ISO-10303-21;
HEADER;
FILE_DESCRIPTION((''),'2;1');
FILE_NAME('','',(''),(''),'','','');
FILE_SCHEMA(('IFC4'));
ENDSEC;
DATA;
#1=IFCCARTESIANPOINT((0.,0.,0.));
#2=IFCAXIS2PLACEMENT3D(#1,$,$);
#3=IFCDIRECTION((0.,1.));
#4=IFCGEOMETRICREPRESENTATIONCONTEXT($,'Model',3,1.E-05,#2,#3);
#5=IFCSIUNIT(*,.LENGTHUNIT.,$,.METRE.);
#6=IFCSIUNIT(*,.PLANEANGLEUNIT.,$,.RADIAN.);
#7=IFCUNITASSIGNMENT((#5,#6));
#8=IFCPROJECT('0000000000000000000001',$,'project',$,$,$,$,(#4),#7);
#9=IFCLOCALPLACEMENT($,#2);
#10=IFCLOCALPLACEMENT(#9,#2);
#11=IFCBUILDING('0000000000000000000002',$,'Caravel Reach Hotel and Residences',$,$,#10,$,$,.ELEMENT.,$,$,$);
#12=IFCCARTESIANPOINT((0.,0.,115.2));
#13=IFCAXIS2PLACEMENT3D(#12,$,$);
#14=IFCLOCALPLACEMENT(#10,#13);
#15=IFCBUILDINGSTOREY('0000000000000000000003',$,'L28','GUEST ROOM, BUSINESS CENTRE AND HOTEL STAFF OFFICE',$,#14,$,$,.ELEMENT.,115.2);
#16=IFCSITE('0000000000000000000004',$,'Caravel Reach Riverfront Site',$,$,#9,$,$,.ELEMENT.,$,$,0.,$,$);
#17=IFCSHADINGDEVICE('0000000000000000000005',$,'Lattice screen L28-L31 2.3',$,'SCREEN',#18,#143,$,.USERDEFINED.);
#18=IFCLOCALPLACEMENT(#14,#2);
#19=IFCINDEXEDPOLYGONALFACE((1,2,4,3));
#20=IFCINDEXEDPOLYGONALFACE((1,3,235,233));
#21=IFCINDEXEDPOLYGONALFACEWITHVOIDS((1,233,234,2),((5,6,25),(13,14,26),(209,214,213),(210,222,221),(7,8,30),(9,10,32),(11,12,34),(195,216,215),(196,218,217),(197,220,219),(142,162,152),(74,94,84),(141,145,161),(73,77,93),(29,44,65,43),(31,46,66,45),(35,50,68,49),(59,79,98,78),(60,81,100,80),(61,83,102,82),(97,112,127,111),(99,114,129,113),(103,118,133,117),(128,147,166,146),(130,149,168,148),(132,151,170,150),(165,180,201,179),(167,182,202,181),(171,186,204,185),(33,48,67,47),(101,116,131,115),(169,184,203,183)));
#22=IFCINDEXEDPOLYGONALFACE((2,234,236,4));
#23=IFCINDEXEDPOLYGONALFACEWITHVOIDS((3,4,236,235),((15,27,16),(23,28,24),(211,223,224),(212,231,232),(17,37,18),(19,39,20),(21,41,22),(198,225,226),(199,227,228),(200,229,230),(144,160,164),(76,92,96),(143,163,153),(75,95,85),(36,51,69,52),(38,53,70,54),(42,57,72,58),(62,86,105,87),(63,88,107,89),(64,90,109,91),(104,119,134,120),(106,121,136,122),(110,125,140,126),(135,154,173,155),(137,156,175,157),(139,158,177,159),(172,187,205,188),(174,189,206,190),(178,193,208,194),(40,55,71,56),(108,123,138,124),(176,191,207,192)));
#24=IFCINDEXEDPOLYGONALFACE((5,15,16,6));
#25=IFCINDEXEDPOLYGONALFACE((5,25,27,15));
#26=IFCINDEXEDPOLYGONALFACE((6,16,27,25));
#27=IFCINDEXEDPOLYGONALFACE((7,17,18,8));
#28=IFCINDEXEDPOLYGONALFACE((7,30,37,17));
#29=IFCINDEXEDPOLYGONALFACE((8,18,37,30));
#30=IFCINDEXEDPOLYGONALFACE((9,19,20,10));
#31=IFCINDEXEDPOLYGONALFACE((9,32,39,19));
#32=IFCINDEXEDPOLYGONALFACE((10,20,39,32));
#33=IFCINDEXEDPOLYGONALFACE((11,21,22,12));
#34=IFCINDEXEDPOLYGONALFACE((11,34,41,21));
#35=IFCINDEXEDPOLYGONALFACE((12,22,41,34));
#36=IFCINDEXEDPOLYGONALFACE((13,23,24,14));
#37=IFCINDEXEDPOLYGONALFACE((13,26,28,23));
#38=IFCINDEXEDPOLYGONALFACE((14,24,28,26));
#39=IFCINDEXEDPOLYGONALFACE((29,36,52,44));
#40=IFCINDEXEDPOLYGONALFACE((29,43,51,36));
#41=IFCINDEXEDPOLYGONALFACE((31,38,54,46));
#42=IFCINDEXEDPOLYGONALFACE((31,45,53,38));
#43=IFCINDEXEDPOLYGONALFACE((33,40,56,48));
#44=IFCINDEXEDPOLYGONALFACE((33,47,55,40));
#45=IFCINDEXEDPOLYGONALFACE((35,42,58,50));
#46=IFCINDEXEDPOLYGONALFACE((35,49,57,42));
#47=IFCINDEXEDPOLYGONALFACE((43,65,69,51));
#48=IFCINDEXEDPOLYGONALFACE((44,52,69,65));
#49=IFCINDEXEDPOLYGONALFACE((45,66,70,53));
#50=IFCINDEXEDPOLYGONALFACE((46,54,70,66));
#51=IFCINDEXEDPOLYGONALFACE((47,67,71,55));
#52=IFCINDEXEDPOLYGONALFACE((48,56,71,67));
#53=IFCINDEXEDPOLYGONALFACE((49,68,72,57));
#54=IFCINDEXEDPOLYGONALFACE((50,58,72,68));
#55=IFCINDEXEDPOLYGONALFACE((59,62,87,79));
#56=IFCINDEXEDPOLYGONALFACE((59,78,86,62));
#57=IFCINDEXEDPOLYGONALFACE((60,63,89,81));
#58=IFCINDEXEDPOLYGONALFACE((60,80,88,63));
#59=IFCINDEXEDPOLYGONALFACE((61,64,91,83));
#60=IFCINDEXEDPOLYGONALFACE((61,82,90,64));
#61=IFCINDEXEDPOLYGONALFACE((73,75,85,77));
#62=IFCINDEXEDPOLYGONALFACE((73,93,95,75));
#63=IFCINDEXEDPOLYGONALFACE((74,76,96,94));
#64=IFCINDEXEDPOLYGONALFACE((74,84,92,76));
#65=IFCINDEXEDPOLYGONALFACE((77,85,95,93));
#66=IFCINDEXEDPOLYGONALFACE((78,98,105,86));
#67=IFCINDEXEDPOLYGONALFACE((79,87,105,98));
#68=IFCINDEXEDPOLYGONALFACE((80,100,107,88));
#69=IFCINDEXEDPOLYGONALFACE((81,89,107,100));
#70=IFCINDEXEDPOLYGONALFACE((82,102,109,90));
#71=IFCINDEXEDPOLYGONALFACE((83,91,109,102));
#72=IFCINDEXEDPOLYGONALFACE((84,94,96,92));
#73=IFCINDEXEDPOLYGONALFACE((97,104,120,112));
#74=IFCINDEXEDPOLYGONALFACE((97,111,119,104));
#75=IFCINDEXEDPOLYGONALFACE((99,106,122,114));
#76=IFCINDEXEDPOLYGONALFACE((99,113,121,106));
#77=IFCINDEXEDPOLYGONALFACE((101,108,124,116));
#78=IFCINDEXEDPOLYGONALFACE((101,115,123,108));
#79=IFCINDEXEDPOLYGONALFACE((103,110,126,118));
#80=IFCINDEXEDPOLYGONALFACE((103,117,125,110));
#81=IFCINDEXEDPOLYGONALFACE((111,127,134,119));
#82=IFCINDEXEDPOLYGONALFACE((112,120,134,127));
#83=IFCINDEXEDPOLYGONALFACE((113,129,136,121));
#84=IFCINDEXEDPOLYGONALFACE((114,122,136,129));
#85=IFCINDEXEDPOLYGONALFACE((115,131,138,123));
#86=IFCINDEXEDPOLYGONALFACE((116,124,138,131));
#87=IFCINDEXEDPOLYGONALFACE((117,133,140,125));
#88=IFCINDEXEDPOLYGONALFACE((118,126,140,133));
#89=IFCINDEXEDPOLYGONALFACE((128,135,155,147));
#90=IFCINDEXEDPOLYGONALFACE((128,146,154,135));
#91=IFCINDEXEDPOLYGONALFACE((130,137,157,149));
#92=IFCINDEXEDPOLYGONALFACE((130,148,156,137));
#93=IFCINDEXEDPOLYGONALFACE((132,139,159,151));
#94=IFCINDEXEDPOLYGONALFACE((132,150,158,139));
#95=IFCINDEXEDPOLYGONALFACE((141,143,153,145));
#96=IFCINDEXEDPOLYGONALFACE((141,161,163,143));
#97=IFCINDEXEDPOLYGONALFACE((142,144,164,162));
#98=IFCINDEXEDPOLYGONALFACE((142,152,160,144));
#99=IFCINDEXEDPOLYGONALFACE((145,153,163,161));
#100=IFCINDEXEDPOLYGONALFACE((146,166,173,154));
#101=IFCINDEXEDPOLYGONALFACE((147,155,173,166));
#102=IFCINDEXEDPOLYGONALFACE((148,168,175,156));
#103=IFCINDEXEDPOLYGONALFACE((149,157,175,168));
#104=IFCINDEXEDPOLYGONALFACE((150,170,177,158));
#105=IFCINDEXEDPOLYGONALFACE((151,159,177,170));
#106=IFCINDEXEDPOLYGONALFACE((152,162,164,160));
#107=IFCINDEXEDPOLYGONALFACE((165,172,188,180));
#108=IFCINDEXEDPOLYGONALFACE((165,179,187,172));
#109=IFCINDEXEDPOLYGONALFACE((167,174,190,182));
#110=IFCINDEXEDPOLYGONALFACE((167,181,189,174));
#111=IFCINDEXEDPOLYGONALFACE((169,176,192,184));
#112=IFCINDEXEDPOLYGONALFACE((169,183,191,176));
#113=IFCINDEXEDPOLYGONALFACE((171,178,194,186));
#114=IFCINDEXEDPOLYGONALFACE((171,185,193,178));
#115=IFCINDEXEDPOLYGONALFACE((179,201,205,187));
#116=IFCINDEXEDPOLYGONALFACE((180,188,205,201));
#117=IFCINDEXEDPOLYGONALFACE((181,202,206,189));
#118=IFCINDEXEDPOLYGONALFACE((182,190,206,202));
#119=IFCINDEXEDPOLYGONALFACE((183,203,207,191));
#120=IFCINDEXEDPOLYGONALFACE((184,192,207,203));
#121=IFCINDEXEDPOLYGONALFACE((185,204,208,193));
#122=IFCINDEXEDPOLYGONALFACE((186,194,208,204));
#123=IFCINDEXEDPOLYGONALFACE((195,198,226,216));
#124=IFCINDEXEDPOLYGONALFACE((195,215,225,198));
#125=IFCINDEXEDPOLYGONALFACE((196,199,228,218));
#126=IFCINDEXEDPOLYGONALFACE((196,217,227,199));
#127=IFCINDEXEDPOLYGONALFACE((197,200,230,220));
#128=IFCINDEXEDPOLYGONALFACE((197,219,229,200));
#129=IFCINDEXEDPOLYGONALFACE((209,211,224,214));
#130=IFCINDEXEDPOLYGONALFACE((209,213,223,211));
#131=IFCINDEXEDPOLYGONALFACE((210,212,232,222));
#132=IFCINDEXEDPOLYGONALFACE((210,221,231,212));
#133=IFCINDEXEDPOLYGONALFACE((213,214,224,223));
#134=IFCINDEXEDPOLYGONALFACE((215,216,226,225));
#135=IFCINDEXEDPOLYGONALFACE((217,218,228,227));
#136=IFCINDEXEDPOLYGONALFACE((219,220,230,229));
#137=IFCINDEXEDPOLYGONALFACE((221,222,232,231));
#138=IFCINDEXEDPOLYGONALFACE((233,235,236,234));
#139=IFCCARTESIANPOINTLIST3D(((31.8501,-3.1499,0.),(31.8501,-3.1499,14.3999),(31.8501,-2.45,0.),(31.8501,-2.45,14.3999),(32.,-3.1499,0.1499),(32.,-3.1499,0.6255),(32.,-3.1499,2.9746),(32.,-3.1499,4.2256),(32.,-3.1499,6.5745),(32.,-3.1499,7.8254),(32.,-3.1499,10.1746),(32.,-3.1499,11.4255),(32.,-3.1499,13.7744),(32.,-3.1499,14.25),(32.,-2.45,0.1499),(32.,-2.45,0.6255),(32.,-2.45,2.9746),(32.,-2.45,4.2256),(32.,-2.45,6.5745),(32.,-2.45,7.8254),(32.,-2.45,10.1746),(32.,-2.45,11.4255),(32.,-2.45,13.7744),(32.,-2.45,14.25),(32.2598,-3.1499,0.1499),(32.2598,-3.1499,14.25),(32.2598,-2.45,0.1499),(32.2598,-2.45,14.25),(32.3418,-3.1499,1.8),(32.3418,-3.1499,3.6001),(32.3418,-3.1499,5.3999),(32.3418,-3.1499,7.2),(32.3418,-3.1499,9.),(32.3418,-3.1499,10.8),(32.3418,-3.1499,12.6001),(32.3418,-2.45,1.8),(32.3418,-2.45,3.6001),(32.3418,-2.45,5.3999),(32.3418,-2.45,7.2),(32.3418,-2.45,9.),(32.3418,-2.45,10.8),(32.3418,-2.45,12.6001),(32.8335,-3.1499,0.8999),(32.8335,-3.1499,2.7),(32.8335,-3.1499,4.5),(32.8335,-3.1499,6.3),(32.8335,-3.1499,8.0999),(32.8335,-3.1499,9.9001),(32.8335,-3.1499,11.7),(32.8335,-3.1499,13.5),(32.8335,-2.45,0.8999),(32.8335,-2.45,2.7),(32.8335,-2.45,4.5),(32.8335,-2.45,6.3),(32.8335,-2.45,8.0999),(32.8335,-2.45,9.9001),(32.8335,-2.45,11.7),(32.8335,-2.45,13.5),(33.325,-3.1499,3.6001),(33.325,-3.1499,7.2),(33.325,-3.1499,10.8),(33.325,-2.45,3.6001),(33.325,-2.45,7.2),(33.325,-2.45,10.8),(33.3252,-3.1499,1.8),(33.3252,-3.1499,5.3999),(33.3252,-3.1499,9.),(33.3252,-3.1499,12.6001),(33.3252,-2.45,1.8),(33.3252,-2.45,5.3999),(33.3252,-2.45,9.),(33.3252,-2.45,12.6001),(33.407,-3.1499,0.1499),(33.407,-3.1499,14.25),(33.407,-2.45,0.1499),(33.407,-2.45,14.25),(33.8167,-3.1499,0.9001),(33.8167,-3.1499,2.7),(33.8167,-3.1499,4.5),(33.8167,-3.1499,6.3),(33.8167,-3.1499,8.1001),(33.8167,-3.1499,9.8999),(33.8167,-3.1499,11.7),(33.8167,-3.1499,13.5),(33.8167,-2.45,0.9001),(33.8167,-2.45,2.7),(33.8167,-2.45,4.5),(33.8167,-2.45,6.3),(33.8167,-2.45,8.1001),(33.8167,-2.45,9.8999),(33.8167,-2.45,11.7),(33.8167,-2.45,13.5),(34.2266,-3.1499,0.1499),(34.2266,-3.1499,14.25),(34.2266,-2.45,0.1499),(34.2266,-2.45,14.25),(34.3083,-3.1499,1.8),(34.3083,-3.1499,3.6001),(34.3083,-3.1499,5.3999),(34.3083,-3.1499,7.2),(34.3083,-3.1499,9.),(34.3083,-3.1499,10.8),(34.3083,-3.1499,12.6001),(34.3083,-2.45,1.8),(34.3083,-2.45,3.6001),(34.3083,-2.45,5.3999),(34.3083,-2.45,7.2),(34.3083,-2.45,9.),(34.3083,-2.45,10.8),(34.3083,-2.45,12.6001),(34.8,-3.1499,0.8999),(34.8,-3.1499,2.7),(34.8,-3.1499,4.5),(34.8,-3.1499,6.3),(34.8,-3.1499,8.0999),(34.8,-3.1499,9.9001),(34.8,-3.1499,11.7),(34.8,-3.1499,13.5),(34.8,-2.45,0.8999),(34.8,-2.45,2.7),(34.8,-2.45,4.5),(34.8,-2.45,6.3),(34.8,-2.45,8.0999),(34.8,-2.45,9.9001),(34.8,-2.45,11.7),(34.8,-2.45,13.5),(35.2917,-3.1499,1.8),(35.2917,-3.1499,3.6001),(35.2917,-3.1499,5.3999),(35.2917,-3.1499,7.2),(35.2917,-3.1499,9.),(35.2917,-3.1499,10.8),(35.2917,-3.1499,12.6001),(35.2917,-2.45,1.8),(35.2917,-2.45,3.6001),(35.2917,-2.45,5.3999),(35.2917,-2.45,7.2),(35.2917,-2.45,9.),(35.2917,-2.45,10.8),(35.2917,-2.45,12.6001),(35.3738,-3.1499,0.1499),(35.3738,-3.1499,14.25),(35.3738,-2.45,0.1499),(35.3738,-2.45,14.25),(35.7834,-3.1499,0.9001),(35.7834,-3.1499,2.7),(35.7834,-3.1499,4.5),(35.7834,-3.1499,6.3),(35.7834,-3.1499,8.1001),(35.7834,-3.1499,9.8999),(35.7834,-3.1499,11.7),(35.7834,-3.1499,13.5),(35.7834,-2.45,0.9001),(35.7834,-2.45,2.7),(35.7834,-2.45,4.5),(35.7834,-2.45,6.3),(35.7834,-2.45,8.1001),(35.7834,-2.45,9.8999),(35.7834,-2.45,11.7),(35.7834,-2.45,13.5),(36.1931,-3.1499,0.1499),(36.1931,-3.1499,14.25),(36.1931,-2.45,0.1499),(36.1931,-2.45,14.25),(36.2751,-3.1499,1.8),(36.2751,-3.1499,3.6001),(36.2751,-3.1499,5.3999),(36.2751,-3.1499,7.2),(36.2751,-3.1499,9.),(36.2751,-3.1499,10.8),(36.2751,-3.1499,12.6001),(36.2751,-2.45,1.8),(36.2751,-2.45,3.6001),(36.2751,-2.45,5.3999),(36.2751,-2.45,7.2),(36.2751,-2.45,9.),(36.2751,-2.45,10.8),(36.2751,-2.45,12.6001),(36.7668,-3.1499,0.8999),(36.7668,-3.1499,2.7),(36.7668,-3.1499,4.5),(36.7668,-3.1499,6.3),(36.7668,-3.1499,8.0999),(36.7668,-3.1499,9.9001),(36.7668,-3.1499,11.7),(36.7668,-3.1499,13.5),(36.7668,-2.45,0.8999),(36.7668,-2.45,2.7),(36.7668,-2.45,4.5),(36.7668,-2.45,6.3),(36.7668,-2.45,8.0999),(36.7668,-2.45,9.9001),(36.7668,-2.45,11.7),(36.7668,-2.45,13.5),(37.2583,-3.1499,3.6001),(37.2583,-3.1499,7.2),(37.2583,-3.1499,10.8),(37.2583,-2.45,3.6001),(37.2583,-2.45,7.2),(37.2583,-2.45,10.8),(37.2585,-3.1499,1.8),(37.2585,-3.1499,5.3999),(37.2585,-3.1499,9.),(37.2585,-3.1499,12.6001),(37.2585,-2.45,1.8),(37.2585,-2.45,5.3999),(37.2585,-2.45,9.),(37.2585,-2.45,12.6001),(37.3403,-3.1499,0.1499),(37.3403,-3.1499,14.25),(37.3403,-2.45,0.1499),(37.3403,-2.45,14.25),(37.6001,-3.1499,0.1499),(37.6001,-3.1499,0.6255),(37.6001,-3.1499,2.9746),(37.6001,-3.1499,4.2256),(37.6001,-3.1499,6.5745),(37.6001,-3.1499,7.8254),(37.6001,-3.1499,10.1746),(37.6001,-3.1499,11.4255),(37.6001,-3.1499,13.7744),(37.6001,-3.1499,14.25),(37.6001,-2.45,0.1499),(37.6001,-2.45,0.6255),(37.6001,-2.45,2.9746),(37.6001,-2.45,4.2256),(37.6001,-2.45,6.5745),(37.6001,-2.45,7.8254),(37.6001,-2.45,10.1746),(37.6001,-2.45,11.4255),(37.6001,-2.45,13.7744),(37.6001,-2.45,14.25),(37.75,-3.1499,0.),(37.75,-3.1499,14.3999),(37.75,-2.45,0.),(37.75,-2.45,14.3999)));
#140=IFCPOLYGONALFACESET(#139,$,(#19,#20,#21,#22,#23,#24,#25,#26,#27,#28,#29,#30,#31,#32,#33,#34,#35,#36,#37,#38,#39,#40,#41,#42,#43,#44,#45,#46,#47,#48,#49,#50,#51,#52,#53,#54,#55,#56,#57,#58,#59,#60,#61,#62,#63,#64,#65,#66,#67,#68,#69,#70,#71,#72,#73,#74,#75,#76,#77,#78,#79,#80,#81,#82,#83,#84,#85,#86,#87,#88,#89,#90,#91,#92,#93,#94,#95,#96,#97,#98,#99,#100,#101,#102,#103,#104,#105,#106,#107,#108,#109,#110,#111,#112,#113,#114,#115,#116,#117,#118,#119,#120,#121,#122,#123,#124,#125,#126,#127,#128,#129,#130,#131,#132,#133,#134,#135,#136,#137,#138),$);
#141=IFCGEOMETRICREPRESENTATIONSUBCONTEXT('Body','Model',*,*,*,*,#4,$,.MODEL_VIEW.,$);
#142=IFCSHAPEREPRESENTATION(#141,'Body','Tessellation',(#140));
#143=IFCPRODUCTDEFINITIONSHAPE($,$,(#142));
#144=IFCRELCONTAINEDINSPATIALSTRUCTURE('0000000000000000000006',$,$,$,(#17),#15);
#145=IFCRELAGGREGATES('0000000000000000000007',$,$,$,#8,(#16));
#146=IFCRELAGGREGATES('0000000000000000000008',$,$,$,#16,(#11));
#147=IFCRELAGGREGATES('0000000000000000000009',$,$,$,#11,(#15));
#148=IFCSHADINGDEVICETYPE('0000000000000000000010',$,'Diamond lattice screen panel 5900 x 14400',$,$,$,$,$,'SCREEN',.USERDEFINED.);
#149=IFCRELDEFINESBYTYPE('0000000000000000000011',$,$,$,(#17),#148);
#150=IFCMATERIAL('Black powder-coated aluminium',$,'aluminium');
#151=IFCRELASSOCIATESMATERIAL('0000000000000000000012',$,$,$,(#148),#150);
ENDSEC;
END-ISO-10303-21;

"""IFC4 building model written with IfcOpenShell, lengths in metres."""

from ifc_helpers import new_model, si_unit, direction, frame, origin, place, context, subcontext, project, spatial, polyline, outline, extrude, material, type_object, element, save


model = new_model("IFC4")

# Units and contexts
model_context = context("Model", 3, precision=1e-05, world=origin(), true_north=direction((0.0, 1.0)))
body_context = subcontext(model_context, "Body", "Model", "MODEL_VIEW")
ifc_project = project(units=[si_unit("LENGTHUNIT", "METRE"), si_unit("PLANEANGLEUNIT", "RADIAN")], contexts=[model_context])

# Site, building, storey
site_placement = place(None, origin())
site = spatial("IfcSite", under=ifc_project, at=site_placement, Name="Caravel Reach Riverfront Site", CompositionType="ELEMENT", RefElevation=0.0)
building_placement = place(site_placement, origin())
building = spatial("IfcBuilding", under=site, at=building_placement, Name="Caravel Reach Hotel and Residences", CompositionType="ELEMENT")
storey_placement = place(building_placement, frame((0.0, 0.0, 115.2)))
storey = spatial("IfcBuildingStorey", under=building, at=storey_placement, Name="L28", Description="GUEST ROOM, BUSINESS CENTRE AND HOTEL STAFF OFFICE", CompositionType="ELEMENT", Elevation=115.2)

# Shading device
ifc_material_1 = material(Name="Black powder-coated aluminium", Category="aluminium")
shading_device_type = type_object("IfcShadingDeviceType", Name="Diamond lattice screen panel 5900 x 14400", ElementType="SCREEN", PredefinedType="USERDEFINED", material=ifc_material_1)
shading_device_1_placement = place(storey_placement, frame((31.8501, -2.45, 0.0), z_axis=(0.0, -1.0, 0.0), x_axis=(1.0, 0.0, 0.0)))
element("IfcShadingDevice", 1, at=shading_device_1_placement, inside=storey, type_object=shading_device_type, Name="Lattice screen L28-L31 2.3", ObjectType="SCREEN", PredefinedType="USERDEFINED", context=body_context, shape_type="SweptSolid", body=[
    extrude(outline(polyline([(0.0, 0.0), (5.8999, 0.0), (5.8999, 14.3999), (0.0, 14.3999), (0.0, 0.0)]), holes=[polyline([(0.4097, 0.1499), (0.1499, 0.6255), (0.1499, 0.1499), (0.4097, 0.1499)]), polyline([(0.4917, 3.6001), (0.1499, 4.2256), (0.1499, 2.9746), (0.4917, 3.6001)]), polyline([(0.4917, 7.2), (0.1499, 7.8254), (0.1499, 6.5745), (0.4917, 7.2)]), polyline([(0.4917, 10.8), (0.1499, 11.4255), (0.1499, 10.1746), (0.4917, 10.8)]), polyline([(0.1499, 13.7744), (0.4097, 14.25), (0.1499, 14.25), (0.1499, 13.7744)]), polyline([(0.9834, 2.7), (0.4917, 1.8), (0.9834, 0.8999), (1.4751, 1.8), (0.9834, 2.7)]), polyline([(0.9834, 6.3), (0.4917, 5.3999), (0.9834, 4.5), (1.4751, 5.3999), (0.9834, 6.3)]), polyline([(0.9834, 9.9001), (0.4917, 9.0), (0.9834, 8.0999), (1.4751, 9.0), (0.9834, 9.9001)]), polyline([(0.9834, 13.5), (0.4917, 12.6001), (0.9834, 11.7), (1.4751, 12.6001), (0.9834, 13.5)]), polyline([(1.9666, 0.9001), (1.5569, 0.1499), (2.3765, 0.1499), (1.9666, 0.9001)]), polyline([(1.9666, 4.5), (1.4749, 3.6001), (1.9666, 2.7), (2.4583, 3.6001), (1.9666, 4.5)]), polyline([(1.9666, 8.1001), (1.4749, 7.2), (1.9666, 6.3), (2.4583, 7.2), (1.9666, 8.1001)]), polyline([(1.9666, 11.7), (1.4749, 10.8), (1.9666, 9.8999), (2.4583, 10.8), (1.9666, 11.7)]), polyline([(1.9666, 13.5), (2.3765, 14.25), (1.5569, 14.25), (1.9666, 13.5)]), polyline([(2.95, 2.7), (2.4583, 1.8), (2.95, 0.8999), (3.4417, 1.8), (2.95, 2.7)]), polyline([(2.95, 6.3), (2.4583, 5.3999), (2.95, 4.5), (3.4417, 5.3999), (2.95, 6.3)]), polyline([(2.95, 9.9001), (2.4583, 9.0), (2.95, 8.0999), (3.4417, 9.0), (2.95, 9.9001)]), polyline([(2.95, 13.5), (2.4583, 12.6001), (2.95, 11.7), (3.4417, 12.6001), (2.95, 13.5)]), polyline([(3.9333, 0.9001), (3.5237, 0.1499), (4.343, 0.1499), (3.9333, 0.9001)]), polyline([(3.9333, 4.5), (3.4417, 3.6001), (3.9333, 2.7), (4.425, 3.6001), (3.9333, 4.5)]), polyline([(3.9333, 8.1001), (3.4417, 7.2), (3.9333, 6.3), (4.425, 7.2), (3.9333, 8.1001)]), polyline([(3.9333, 11.7), (3.4417, 10.8), (3.9333, 9.8999), (4.425, 10.8), (3.9333, 11.7)]), polyline([(3.9333, 13.5), (4.343, 14.25), (3.5237, 14.25), (3.9333, 13.5)]), polyline([(4.9167, 2.7), (4.425, 1.8), (4.9167, 0.8999), (5.4084, 1.8), (4.9167, 2.7)]), polyline([(4.9167, 6.3), (4.425, 5.3999), (4.9167, 4.5), (5.4084, 5.3999), (4.9167, 6.3)]), polyline([(4.9167, 9.9001), (4.425, 9.0), (4.9167, 8.0999), (5.4084, 9.0), (4.9167, 9.9001)]), polyline([(4.9167, 13.5), (4.425, 12.6001), (4.9167, 11.7), (5.4084, 12.6001), (4.9167, 13.5)]), polyline([(5.75, 0.6255), (5.4902, 0.1499), (5.75, 0.1499), (5.75, 0.6255)]), polyline([(5.4082, 3.6001), (5.75, 2.9746), (5.75, 4.2256), (5.4082, 3.6001)]), polyline([(5.4082, 7.2), (5.75, 6.5745), (5.75, 7.8254), (5.4082, 7.2)]), polyline([(5.4082, 10.8), (5.75, 10.1746), (5.75, 11.4255), (5.4082, 10.8)]), polyline([(5.4902, 14.25), (5.75, 13.7744), (5.75, 14.25), (5.4902, 14.25)])]), origin(), (0.0, 0.0, 1.0), 0.7),
])

save(model, "model.ifc")
